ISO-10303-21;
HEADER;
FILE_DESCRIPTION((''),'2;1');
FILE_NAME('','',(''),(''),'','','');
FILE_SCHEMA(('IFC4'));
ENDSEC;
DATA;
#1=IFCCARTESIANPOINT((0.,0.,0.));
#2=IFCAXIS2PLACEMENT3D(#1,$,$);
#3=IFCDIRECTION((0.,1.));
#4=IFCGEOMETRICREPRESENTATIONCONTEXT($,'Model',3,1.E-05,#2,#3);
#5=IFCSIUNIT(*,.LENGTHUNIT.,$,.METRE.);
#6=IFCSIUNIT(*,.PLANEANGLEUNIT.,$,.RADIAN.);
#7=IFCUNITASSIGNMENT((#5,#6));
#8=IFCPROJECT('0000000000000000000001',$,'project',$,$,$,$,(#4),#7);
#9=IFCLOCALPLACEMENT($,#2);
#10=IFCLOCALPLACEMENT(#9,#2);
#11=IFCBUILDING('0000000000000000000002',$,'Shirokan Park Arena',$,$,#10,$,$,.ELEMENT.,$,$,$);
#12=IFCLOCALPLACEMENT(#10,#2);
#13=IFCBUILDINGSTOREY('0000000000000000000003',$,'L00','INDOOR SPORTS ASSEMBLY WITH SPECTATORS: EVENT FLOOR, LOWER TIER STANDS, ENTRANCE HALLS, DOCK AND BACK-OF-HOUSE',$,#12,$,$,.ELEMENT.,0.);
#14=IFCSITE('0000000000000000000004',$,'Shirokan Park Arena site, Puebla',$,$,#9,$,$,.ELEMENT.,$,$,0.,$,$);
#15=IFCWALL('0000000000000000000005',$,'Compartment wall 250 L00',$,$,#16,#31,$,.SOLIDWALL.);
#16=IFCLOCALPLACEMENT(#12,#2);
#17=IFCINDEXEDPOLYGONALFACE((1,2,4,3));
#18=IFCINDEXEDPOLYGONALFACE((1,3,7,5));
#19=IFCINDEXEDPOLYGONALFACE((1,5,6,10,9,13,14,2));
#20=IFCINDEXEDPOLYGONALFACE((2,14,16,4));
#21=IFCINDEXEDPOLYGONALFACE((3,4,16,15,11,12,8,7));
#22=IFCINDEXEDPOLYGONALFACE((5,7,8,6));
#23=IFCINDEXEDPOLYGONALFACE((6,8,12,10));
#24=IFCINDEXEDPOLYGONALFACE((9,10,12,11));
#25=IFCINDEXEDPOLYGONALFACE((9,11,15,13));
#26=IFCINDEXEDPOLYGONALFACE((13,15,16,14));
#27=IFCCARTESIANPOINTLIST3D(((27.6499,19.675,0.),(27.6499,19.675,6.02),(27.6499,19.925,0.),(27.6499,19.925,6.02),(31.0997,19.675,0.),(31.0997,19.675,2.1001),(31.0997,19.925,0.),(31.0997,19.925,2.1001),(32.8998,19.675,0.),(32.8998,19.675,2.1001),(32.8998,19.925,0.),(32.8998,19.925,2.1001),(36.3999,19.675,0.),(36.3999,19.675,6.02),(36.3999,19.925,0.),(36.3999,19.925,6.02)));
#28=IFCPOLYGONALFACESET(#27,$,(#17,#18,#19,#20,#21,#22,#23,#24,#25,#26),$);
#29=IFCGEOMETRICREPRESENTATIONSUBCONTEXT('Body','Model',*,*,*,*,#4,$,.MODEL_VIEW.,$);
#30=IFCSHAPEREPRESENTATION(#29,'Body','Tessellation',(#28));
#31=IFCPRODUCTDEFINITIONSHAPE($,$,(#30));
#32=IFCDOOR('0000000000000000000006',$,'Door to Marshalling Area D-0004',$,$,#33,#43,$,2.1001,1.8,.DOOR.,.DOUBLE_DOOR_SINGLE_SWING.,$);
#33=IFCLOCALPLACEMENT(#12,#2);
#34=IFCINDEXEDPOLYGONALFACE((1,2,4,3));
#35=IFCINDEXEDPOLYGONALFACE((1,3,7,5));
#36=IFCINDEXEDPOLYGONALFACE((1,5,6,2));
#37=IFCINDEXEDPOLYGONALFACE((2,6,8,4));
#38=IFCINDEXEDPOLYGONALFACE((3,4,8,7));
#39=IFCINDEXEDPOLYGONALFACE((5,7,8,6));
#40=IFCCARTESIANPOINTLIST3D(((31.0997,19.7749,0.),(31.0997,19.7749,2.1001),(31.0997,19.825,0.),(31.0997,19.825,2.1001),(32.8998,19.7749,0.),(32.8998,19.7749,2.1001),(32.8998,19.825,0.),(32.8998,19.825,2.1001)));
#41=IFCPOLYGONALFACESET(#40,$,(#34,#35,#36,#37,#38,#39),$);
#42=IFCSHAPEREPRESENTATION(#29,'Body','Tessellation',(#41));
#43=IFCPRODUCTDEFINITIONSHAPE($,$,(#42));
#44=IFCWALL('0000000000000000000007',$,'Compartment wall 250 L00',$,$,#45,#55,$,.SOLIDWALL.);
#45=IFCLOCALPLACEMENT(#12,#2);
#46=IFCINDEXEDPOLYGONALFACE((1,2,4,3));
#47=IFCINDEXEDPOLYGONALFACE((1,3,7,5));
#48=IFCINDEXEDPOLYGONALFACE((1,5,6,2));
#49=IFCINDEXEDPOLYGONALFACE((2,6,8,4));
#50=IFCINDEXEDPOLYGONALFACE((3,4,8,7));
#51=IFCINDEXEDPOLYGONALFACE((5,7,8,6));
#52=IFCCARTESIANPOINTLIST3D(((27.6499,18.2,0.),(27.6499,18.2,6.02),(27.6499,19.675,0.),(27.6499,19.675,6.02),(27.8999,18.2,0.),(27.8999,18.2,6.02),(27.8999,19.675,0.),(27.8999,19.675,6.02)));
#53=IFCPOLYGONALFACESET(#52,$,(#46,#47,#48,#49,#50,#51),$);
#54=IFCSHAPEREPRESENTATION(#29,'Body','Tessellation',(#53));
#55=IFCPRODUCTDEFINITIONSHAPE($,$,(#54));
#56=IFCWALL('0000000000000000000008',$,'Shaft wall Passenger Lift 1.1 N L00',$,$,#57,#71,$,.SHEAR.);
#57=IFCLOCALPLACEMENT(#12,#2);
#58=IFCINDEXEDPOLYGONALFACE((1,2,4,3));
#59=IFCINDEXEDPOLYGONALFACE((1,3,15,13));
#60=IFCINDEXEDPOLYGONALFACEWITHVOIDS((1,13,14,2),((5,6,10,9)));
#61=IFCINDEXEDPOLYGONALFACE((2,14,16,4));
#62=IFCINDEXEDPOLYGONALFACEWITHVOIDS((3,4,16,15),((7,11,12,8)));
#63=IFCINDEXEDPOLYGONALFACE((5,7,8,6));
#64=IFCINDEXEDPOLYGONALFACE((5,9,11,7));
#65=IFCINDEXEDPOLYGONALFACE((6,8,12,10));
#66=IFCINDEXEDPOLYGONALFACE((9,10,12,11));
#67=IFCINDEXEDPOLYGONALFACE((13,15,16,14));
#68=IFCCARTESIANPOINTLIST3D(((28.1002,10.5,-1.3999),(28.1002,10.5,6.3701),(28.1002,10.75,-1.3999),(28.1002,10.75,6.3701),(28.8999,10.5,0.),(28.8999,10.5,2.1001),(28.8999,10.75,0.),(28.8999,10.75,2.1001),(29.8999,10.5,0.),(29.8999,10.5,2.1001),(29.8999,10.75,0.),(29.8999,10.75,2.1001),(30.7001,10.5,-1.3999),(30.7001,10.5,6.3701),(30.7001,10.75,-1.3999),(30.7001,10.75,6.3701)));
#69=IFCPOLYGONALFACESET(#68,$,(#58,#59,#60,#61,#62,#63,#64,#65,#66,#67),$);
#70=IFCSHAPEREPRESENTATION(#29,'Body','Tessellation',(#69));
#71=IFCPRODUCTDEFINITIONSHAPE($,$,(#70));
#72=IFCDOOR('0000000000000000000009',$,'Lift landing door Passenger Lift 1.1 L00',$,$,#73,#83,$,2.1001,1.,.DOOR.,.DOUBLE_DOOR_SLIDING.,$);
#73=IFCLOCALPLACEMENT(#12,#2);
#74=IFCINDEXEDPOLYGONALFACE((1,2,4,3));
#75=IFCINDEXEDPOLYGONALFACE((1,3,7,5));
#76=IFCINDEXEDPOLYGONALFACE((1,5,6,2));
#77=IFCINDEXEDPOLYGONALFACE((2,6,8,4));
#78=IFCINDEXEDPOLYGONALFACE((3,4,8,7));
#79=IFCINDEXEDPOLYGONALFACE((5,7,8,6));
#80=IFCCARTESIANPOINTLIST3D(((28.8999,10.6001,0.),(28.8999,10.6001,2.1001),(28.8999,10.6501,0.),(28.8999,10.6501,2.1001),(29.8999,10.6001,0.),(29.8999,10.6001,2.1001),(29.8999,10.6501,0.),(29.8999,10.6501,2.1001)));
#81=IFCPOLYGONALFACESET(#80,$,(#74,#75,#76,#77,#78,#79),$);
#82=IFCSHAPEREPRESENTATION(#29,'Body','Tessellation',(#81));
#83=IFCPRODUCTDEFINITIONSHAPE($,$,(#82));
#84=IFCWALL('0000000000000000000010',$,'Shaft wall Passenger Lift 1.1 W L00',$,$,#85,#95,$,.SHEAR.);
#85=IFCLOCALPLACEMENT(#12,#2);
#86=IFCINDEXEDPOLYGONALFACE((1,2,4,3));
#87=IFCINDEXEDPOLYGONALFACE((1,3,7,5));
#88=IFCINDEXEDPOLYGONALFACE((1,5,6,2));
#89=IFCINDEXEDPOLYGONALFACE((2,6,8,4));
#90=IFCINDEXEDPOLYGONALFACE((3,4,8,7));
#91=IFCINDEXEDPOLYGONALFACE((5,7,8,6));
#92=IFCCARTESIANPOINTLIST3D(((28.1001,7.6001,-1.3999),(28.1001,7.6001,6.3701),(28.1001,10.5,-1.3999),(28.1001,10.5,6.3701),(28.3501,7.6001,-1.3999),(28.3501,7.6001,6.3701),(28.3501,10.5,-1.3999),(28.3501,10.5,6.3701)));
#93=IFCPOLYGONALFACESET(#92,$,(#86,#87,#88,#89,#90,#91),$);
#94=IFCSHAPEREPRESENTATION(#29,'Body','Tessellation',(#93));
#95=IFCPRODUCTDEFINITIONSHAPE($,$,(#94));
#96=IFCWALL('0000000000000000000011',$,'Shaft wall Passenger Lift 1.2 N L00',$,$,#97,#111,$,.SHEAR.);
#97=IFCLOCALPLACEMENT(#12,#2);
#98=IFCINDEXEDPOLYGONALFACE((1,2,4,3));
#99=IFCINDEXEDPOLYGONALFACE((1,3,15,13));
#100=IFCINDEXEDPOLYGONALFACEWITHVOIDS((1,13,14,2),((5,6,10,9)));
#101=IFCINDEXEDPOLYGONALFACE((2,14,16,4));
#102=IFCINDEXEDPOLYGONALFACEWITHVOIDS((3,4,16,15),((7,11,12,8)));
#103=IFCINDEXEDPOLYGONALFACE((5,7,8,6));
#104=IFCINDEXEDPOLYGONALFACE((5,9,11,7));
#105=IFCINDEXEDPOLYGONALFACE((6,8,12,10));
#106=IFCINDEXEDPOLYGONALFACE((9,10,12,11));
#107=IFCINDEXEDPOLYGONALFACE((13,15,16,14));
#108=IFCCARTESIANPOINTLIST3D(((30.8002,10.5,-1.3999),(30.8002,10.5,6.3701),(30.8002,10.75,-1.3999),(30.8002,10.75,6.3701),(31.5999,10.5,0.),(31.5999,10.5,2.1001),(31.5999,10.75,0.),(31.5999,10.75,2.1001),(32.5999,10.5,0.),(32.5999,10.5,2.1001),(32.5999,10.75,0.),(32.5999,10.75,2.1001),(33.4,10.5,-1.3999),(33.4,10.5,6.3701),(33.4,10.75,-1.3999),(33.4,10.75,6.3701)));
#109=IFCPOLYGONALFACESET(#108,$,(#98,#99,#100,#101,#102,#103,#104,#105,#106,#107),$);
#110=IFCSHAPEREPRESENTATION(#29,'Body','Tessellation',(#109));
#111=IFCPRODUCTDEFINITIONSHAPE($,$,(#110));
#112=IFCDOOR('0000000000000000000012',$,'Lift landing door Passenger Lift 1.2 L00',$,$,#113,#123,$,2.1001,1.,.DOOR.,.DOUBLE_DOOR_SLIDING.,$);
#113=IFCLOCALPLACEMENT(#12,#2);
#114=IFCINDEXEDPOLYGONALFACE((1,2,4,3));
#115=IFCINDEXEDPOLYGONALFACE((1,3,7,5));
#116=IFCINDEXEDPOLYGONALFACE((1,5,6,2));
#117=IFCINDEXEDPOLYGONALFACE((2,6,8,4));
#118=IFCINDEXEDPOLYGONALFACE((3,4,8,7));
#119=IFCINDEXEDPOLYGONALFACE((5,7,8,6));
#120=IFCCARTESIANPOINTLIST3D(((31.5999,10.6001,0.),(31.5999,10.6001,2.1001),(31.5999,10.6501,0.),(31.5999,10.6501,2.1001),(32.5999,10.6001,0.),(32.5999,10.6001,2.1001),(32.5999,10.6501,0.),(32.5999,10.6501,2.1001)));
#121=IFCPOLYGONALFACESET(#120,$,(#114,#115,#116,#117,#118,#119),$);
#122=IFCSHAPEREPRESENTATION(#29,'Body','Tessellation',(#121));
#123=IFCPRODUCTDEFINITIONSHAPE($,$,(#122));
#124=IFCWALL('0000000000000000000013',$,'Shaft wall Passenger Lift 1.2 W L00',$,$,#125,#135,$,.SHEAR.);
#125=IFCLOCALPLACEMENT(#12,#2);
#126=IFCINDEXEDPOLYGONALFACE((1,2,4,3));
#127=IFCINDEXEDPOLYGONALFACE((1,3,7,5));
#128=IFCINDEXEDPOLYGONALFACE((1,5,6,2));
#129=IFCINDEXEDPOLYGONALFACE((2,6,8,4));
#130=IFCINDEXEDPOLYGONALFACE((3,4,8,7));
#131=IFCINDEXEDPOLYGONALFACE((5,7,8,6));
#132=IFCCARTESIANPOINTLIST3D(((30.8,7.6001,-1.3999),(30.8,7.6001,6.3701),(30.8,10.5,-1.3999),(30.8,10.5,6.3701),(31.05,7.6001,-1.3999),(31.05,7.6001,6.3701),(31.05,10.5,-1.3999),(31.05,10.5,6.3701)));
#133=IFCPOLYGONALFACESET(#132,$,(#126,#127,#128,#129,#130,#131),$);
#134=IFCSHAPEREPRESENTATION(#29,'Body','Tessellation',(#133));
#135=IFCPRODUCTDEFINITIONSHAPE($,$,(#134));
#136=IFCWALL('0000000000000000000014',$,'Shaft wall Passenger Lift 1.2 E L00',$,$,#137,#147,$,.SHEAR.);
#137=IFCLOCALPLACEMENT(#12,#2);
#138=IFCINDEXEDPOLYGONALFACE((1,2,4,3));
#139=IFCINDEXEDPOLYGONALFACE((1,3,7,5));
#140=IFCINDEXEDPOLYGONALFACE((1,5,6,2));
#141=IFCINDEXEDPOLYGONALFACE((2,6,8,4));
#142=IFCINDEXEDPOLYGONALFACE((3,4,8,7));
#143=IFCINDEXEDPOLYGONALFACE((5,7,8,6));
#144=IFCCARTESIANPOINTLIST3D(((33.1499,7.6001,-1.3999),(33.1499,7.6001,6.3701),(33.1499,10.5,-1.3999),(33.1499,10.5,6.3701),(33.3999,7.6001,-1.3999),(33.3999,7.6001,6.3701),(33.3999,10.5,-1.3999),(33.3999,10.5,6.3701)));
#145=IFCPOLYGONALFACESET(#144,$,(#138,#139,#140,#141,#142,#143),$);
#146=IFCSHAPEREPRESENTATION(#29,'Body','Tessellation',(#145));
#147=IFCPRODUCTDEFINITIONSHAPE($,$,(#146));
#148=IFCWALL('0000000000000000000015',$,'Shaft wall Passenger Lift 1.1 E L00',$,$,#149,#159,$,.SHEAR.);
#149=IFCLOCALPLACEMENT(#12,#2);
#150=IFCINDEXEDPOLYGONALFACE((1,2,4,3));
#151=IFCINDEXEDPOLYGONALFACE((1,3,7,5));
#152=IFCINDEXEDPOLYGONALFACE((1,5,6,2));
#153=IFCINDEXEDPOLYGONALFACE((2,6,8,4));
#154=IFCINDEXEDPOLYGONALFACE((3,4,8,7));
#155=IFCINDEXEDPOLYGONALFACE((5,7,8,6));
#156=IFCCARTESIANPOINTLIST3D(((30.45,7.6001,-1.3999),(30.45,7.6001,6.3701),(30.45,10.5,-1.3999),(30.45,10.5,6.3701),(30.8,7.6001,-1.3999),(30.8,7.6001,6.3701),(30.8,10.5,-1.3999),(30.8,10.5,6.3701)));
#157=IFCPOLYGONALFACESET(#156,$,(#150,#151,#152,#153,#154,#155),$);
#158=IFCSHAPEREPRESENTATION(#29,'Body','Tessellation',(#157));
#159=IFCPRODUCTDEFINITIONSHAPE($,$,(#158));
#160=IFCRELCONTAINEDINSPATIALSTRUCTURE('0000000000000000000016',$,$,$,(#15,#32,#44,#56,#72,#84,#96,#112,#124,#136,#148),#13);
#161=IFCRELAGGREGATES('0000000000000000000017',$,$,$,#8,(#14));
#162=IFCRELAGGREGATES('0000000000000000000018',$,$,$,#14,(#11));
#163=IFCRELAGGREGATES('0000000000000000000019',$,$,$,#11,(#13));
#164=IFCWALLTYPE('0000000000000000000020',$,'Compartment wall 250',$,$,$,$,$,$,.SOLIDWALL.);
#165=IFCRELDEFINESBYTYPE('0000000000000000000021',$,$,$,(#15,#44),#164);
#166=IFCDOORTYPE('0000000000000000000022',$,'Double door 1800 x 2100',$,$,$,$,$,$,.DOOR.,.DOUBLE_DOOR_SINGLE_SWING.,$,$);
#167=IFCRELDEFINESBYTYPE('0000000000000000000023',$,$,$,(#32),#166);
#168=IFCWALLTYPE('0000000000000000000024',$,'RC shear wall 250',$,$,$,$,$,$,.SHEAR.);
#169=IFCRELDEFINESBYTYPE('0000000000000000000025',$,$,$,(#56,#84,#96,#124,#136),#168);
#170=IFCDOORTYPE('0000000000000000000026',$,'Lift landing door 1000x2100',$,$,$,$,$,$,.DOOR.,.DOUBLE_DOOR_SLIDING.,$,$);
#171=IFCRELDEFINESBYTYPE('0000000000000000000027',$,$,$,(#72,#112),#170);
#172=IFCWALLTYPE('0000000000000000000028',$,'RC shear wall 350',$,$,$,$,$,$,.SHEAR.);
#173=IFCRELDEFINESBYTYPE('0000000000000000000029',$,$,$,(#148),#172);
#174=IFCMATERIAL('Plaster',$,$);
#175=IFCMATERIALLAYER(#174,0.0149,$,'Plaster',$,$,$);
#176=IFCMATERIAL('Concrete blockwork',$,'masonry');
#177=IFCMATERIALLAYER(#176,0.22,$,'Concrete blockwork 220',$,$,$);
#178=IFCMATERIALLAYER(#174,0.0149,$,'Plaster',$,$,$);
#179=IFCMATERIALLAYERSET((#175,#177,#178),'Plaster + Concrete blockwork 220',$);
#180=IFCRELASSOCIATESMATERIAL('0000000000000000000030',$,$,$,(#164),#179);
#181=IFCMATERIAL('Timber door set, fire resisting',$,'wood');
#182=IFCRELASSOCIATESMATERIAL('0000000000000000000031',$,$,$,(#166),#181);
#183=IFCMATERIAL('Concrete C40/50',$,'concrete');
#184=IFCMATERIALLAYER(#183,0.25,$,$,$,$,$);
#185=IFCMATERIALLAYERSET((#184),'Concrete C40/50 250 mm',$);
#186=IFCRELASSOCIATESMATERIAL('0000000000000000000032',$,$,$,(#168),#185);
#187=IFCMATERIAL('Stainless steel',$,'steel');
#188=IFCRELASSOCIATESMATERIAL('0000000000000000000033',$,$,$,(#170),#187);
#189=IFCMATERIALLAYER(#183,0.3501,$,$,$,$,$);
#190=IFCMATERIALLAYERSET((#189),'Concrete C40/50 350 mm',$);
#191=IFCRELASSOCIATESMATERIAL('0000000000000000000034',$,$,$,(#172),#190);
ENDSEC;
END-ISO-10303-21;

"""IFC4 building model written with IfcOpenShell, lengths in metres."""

from ifc_helpers import new_model, si_unit, direction, frame, frame_2d, origin, place, context, subcontext, project, spatial, rectangle, extrude, material, layer, layer_set, type_object, element, fill, save


model = new_model("IFC4")

# Units and contexts
model_context = context("Model", 3, precision=1e-05, world=origin(), true_north=direction((0.0, 1.0)))
body_context = subcontext(model_context, "Body", "Model", "MODEL_VIEW")
ifc_project = project(units=[si_unit("LENGTHUNIT", "METRE"), si_unit("PLANEANGLEUNIT", "RADIAN")], contexts=[model_context])

# Site, building, storey
site_placement = place(None, origin())
site = spatial("IfcSite", under=ifc_project, at=site_placement, Name="Shirokan Park Arena site, Puebla", CompositionType="ELEMENT", RefElevation=0.0)
building_placement = place(site_placement, origin())
building = spatial("IfcBuilding", under=site, at=building_placement, Name="Shirokan Park Arena", CompositionType="ELEMENT")
storey_placement = place(building_placement, origin())
storey = spatial("IfcBuildingStorey", under=building, at=storey_placement, Name="L00", Description="INDOOR SPORTS ASSEMBLY WITH SPECTATORS: EVENT FLOOR, LOWER TIER STANDS, ENTRANCE HALLS, DOCK AND BACK-OF-HOUSE", CompositionType="ELEMENT", Elevation=0.0)

# Shared definitions
ifc_material_1 = material(Name="Plaster")
ifc_layer_1 = layer(ifc_material_1, 0.0149, Name="Plaster")
ifc_material_2 = material(Name="Concrete blockwork", Category="masonry")
ifc_layer_2 = layer(ifc_material_2, 0.22, Name="Concrete blockwork 220")
ifc_layer_3 = layer(ifc_material_1, 0.0149, Name="Plaster")
ifc_layer_set_1 = layer_set([ifc_layer_1, ifc_layer_2, ifc_layer_3], Name="Plaster + Concrete blockwork 220")
wall_type_1 = type_object("IfcWallType", Name="Compartment wall 250", PredefinedType="SOLIDWALL", material=ifc_layer_set_1)

# Wall, opening, door
wall_1_placement = place(storey_placement, frame((27.6499, 19.8, 0.0), z_axis=(0.0, 0.0, 1.0), x_axis=(1.0, 0.0, 0.0)))
wall_1 = element("IfcWall", 1, at=wall_1_placement, inside=storey, type_object=wall_type_1, Name="Compartment wall 250 L00", PredefinedType="SOLIDWALL", context=body_context, shape_type="SweptSolid", body=[
    extrude(rectangle(XDim=8.75, YDim=0.25, at=frame_2d((4.375, 0.0))), origin(), (0.0, 0.0, 1.0), 6.02),
])
opening_1_placement = place(wall_1_placement, frame((3.45, 0.0, 0.0)))
opening_1 = element("IfcOpeningElement", 2, at=opening_1_placement, cuts=wall_1, PredefinedType="OPENING", context=body_context, shape_type="SweptSolid", body=[
    extrude(rectangle(XDim=1.8, YDim=2.1001, at=frame_2d((0.8999, 1.05))), frame((0.0, 0.135, 0.0), z_axis=(0.0, -1.0, 0.0), x_axis=(1.0, 0.0, 0.0)), (0.0, 0.0, 1.0), 0.27),
])
ifc_material_3 = material(Name="Timber door set, fire resisting", Category="wood")
door_type_1 = type_object("IfcDoorType", Name="Double door 1800 x 2100", OperationType="DOUBLE_DOOR_SINGLE_SWING", PredefinedType="DOOR", material=ifc_material_3)
door_1_placement = place(opening_1_placement, origin())
door_1 = element("IfcDoor", 3, at=door_1_placement, inside=storey, type_object=door_type_1, Name="Door to Marshalling Area D-0004", OperationType="DOUBLE_DOOR_SINGLE_SWING", OverallHeight=2.1001, OverallWidth=1.8, PredefinedType="DOOR", context=body_context, shape_type="SweptSolid", body=[
    extrude(rectangle(XDim=1.8, YDim=2.1001, at=frame_2d((0.8999, 1.05))), frame((0.0, 0.0249, 0.0), z_axis=(0.0, -1.0, 0.0), x_axis=(1.0, 0.0, 0.0)), (0.0, 0.0, 1.0), 0.05),
])
fill(opening_1, door_1)

# Wall
wall_2_placement = place(storey_placement, frame((27.7749, 18.2, 0.0), z_axis=(0.0, 0.0, 1.0), x_axis=(0.0, 1.0, 0.0)))
element("IfcWall", 4, at=wall_2_placement, inside=storey, type_object=wall_type_1, Name="Compartment wall 250 L00", PredefinedType="SOLIDWALL", context=body_context, shape_type="SweptSolid", body=[
    extrude(rectangle(XDim=1.4751, YDim=0.25, at=frame_2d((0.7375, 0.0))), origin(), (0.0, 0.0, 1.0), 6.02),
])

# Wall, opening, door
ifc_material_4 = material(Name="Concrete C40/50", Category="concrete")
ifc_layer_4 = layer(ifc_material_4, 0.25)
ifc_layer_set_2 = layer_set([ifc_layer_4], Name="Concrete C40/50 250 mm")
wall_type_2 = type_object("IfcWallType", Name="RC shear wall 250", PredefinedType="SHEAR", material=ifc_layer_set_2)
wall_3_placement = place(storey_placement, frame((30.7, 10.625, -1.3999), z_axis=(0.0, 0.0, 1.0), x_axis=(-1.0, 0.0, 0.0)))
wall_3 = element("IfcWall", 5, at=wall_3_placement, inside=storey, type_object=wall_type_2, Name="Shaft wall Passenger Lift 1.1 N L00", PredefinedType="SHEAR", context=body_context, shape_type="SweptSolid", body=[
    extrude(rectangle(XDim=2.5999, YDim=0.25, at=frame_2d((1.2998, 0.0))), origin(), (0.0, 0.0, 1.0), 7.77),
])
opening_2_placement = place(wall_3_placement, frame((0.8, 0.0, 1.3999)))
opening_2 = element("IfcOpeningElement", 6, at=opening_2_placement, cuts=wall_3, PredefinedType="OPENING", context=body_context, shape_type="SweptSolid", body=[
    extrude(rectangle(XDim=1.0, YDim=2.1001, at=frame_2d((0.5, 1.05))), frame((0.0, 0.135, 0.0), z_axis=(0.0, -1.0, 0.0), x_axis=(1.0, 0.0, 0.0)), (0.0, 0.0, 1.0), 0.27),
])
ifc_material_5 = material(Name="Stainless steel", Category="steel")
door_type_2 = type_object("IfcDoorType", Name="Lift landing door 1000x2100", OperationType="DOUBLE_DOOR_SLIDING", PredefinedType="DOOR", material=ifc_material_5)
door_2_placement = place(opening_2_placement, origin())
door_2 = element("IfcDoor", 7, at=door_2_placement, inside=storey, type_object=door_type_2, Name="Lift landing door Passenger Lift 1.1 L00", OperationType="DOUBLE_DOOR_SLIDING", OverallHeight=2.1001, OverallWidth=1.0, PredefinedType="DOOR", context=body_context, shape_type="SweptSolid", body=[
    extrude(rectangle(XDim=1.0, YDim=2.1001, at=frame_2d((0.5, 1.05))), frame((0.0, 0.0249, 0.0), z_axis=(0.0, -1.0, 0.0), x_axis=(1.0, 0.0, 0.0)), (0.0, 0.0, 1.0), 0.05),
])
fill(opening_2, door_2)

# Wall
wall_4_placement = place(storey_placement, frame((28.2251, 10.5, -1.3999), z_axis=(0.0, 0.0, 1.0), x_axis=(0.0, -1.0, 0.0)))
element("IfcWall", 8, at=wall_4_placement, inside=storey, type_object=wall_type_2, Name="Shaft wall Passenger Lift 1.1 W L00", PredefinedType="SHEAR", context=body_context, shape_type="SweptSolid", body=[
    extrude(rectangle(XDim=2.8999, YDim=0.25, at=frame_2d((1.45, 0.0))), origin(), (0.0, 0.0, 1.0), 7.77),
])

# Wall, opening, door
wall_5_placement = place(storey_placement, frame((33.3999, 10.625, -1.3999), z_axis=(0.0, 0.0, 1.0), x_axis=(-1.0, 0.0, 0.0)))
wall_5 = element("IfcWall", 9, at=wall_5_placement, inside=storey, type_object=wall_type_2, Name="Shaft wall Passenger Lift 1.2 N L00", PredefinedType="SHEAR", context=body_context, shape_type="SweptSolid", body=[
    extrude(rectangle(XDim=2.5999, YDim=0.25, at=frame_2d((1.2998, 0.0))), origin(), (0.0, 0.0, 1.0), 7.77),
])
opening_3_placement = place(wall_5_placement, frame((0.8, 0.0, 1.3999)))
opening_3 = element("IfcOpeningElement", 10, at=opening_3_placement, cuts=wall_5, PredefinedType="OPENING", context=body_context, shape_type="SweptSolid", body=[
    extrude(rectangle(XDim=1.0, YDim=2.1001, at=frame_2d((0.5, 1.05))), frame((0.0, 0.135, 0.0), z_axis=(0.0, -1.0, 0.0), x_axis=(1.0, 0.0, 0.0)), (0.0, 0.0, 1.0), 0.27),
])
door_3_placement = place(opening_3_placement, origin())
door_3 = element("IfcDoor", 11, at=door_3_placement, inside=storey, type_object=door_type_2, Name="Lift landing door Passenger Lift 1.2 L00", OperationType="DOUBLE_DOOR_SLIDING", OverallHeight=2.1001, OverallWidth=1.0, PredefinedType="DOOR", context=body_context, shape_type="SweptSolid", body=[
    extrude(rectangle(XDim=1.0, YDim=2.1001, at=frame_2d((0.5, 1.05))), frame((0.0, 0.0249, 0.0), z_axis=(0.0, -1.0, 0.0), x_axis=(1.0, 0.0, 0.0)), (0.0, 0.0, 1.0), 0.05),
])
fill(opening_3, door_3)

# Walls
for number, where, z_axis, x_axis, name in (
    (12, (30.925, 10.5, -1.3999), (0.0, 0.0, 1.0), (0.0, -1.0, 0.0), "Shaft wall Passenger Lift 1.2 W L00"),
    (13, (33.2749, 10.5, -1.3999), (0.0, 0.0, 1.0), (0.0, -1.0, 0.0), "Shaft wall Passenger Lift 1.2 E L00"),
):
    element("IfcWall", number, at=place(storey_placement, frame(where, z_axis=z_axis, x_axis=x_axis)), inside=storey, type_object=wall_type_2, Name=name, PredefinedType="SHEAR", context=body_context, shape_type="SweptSolid", body=[
        extrude(rectangle(XDim=2.8999, YDim=0.25, at=frame_2d((1.45, 0.0))), origin(), (0.0, 0.0, 1.0), 7.77),
    ])
ifc_layer_5 = layer(ifc_material_4, 0.3501)
ifc_layer_set_3 = layer_set([ifc_layer_5], Name="Concrete C40/50 350 mm")
wall_type_3 = type_object("IfcWallType", Name="RC shear wall 350", PredefinedType="SHEAR", material=ifc_layer_set_3)
wall_6_placement = place(storey_placement, frame((30.625, 10.5, -1.3999), z_axis=(0.0, 0.0, 1.0), x_axis=(0.0, -1.0, 0.0)))
element("IfcWall", 14, at=wall_6_placement, inside=storey, type_object=wall_type_3, Name="Shaft wall Passenger Lift 1.1 E L00", PredefinedType="SHEAR", context=body_context, shape_type="SweptSolid", body=[
    extrude(rectangle(XDim=2.8999, YDim=0.3501, at=frame_2d((1.45, 0.0))), origin(), (0.0, 0.0, 1.0), 7.77),
])

save(model, "model.ifc")
